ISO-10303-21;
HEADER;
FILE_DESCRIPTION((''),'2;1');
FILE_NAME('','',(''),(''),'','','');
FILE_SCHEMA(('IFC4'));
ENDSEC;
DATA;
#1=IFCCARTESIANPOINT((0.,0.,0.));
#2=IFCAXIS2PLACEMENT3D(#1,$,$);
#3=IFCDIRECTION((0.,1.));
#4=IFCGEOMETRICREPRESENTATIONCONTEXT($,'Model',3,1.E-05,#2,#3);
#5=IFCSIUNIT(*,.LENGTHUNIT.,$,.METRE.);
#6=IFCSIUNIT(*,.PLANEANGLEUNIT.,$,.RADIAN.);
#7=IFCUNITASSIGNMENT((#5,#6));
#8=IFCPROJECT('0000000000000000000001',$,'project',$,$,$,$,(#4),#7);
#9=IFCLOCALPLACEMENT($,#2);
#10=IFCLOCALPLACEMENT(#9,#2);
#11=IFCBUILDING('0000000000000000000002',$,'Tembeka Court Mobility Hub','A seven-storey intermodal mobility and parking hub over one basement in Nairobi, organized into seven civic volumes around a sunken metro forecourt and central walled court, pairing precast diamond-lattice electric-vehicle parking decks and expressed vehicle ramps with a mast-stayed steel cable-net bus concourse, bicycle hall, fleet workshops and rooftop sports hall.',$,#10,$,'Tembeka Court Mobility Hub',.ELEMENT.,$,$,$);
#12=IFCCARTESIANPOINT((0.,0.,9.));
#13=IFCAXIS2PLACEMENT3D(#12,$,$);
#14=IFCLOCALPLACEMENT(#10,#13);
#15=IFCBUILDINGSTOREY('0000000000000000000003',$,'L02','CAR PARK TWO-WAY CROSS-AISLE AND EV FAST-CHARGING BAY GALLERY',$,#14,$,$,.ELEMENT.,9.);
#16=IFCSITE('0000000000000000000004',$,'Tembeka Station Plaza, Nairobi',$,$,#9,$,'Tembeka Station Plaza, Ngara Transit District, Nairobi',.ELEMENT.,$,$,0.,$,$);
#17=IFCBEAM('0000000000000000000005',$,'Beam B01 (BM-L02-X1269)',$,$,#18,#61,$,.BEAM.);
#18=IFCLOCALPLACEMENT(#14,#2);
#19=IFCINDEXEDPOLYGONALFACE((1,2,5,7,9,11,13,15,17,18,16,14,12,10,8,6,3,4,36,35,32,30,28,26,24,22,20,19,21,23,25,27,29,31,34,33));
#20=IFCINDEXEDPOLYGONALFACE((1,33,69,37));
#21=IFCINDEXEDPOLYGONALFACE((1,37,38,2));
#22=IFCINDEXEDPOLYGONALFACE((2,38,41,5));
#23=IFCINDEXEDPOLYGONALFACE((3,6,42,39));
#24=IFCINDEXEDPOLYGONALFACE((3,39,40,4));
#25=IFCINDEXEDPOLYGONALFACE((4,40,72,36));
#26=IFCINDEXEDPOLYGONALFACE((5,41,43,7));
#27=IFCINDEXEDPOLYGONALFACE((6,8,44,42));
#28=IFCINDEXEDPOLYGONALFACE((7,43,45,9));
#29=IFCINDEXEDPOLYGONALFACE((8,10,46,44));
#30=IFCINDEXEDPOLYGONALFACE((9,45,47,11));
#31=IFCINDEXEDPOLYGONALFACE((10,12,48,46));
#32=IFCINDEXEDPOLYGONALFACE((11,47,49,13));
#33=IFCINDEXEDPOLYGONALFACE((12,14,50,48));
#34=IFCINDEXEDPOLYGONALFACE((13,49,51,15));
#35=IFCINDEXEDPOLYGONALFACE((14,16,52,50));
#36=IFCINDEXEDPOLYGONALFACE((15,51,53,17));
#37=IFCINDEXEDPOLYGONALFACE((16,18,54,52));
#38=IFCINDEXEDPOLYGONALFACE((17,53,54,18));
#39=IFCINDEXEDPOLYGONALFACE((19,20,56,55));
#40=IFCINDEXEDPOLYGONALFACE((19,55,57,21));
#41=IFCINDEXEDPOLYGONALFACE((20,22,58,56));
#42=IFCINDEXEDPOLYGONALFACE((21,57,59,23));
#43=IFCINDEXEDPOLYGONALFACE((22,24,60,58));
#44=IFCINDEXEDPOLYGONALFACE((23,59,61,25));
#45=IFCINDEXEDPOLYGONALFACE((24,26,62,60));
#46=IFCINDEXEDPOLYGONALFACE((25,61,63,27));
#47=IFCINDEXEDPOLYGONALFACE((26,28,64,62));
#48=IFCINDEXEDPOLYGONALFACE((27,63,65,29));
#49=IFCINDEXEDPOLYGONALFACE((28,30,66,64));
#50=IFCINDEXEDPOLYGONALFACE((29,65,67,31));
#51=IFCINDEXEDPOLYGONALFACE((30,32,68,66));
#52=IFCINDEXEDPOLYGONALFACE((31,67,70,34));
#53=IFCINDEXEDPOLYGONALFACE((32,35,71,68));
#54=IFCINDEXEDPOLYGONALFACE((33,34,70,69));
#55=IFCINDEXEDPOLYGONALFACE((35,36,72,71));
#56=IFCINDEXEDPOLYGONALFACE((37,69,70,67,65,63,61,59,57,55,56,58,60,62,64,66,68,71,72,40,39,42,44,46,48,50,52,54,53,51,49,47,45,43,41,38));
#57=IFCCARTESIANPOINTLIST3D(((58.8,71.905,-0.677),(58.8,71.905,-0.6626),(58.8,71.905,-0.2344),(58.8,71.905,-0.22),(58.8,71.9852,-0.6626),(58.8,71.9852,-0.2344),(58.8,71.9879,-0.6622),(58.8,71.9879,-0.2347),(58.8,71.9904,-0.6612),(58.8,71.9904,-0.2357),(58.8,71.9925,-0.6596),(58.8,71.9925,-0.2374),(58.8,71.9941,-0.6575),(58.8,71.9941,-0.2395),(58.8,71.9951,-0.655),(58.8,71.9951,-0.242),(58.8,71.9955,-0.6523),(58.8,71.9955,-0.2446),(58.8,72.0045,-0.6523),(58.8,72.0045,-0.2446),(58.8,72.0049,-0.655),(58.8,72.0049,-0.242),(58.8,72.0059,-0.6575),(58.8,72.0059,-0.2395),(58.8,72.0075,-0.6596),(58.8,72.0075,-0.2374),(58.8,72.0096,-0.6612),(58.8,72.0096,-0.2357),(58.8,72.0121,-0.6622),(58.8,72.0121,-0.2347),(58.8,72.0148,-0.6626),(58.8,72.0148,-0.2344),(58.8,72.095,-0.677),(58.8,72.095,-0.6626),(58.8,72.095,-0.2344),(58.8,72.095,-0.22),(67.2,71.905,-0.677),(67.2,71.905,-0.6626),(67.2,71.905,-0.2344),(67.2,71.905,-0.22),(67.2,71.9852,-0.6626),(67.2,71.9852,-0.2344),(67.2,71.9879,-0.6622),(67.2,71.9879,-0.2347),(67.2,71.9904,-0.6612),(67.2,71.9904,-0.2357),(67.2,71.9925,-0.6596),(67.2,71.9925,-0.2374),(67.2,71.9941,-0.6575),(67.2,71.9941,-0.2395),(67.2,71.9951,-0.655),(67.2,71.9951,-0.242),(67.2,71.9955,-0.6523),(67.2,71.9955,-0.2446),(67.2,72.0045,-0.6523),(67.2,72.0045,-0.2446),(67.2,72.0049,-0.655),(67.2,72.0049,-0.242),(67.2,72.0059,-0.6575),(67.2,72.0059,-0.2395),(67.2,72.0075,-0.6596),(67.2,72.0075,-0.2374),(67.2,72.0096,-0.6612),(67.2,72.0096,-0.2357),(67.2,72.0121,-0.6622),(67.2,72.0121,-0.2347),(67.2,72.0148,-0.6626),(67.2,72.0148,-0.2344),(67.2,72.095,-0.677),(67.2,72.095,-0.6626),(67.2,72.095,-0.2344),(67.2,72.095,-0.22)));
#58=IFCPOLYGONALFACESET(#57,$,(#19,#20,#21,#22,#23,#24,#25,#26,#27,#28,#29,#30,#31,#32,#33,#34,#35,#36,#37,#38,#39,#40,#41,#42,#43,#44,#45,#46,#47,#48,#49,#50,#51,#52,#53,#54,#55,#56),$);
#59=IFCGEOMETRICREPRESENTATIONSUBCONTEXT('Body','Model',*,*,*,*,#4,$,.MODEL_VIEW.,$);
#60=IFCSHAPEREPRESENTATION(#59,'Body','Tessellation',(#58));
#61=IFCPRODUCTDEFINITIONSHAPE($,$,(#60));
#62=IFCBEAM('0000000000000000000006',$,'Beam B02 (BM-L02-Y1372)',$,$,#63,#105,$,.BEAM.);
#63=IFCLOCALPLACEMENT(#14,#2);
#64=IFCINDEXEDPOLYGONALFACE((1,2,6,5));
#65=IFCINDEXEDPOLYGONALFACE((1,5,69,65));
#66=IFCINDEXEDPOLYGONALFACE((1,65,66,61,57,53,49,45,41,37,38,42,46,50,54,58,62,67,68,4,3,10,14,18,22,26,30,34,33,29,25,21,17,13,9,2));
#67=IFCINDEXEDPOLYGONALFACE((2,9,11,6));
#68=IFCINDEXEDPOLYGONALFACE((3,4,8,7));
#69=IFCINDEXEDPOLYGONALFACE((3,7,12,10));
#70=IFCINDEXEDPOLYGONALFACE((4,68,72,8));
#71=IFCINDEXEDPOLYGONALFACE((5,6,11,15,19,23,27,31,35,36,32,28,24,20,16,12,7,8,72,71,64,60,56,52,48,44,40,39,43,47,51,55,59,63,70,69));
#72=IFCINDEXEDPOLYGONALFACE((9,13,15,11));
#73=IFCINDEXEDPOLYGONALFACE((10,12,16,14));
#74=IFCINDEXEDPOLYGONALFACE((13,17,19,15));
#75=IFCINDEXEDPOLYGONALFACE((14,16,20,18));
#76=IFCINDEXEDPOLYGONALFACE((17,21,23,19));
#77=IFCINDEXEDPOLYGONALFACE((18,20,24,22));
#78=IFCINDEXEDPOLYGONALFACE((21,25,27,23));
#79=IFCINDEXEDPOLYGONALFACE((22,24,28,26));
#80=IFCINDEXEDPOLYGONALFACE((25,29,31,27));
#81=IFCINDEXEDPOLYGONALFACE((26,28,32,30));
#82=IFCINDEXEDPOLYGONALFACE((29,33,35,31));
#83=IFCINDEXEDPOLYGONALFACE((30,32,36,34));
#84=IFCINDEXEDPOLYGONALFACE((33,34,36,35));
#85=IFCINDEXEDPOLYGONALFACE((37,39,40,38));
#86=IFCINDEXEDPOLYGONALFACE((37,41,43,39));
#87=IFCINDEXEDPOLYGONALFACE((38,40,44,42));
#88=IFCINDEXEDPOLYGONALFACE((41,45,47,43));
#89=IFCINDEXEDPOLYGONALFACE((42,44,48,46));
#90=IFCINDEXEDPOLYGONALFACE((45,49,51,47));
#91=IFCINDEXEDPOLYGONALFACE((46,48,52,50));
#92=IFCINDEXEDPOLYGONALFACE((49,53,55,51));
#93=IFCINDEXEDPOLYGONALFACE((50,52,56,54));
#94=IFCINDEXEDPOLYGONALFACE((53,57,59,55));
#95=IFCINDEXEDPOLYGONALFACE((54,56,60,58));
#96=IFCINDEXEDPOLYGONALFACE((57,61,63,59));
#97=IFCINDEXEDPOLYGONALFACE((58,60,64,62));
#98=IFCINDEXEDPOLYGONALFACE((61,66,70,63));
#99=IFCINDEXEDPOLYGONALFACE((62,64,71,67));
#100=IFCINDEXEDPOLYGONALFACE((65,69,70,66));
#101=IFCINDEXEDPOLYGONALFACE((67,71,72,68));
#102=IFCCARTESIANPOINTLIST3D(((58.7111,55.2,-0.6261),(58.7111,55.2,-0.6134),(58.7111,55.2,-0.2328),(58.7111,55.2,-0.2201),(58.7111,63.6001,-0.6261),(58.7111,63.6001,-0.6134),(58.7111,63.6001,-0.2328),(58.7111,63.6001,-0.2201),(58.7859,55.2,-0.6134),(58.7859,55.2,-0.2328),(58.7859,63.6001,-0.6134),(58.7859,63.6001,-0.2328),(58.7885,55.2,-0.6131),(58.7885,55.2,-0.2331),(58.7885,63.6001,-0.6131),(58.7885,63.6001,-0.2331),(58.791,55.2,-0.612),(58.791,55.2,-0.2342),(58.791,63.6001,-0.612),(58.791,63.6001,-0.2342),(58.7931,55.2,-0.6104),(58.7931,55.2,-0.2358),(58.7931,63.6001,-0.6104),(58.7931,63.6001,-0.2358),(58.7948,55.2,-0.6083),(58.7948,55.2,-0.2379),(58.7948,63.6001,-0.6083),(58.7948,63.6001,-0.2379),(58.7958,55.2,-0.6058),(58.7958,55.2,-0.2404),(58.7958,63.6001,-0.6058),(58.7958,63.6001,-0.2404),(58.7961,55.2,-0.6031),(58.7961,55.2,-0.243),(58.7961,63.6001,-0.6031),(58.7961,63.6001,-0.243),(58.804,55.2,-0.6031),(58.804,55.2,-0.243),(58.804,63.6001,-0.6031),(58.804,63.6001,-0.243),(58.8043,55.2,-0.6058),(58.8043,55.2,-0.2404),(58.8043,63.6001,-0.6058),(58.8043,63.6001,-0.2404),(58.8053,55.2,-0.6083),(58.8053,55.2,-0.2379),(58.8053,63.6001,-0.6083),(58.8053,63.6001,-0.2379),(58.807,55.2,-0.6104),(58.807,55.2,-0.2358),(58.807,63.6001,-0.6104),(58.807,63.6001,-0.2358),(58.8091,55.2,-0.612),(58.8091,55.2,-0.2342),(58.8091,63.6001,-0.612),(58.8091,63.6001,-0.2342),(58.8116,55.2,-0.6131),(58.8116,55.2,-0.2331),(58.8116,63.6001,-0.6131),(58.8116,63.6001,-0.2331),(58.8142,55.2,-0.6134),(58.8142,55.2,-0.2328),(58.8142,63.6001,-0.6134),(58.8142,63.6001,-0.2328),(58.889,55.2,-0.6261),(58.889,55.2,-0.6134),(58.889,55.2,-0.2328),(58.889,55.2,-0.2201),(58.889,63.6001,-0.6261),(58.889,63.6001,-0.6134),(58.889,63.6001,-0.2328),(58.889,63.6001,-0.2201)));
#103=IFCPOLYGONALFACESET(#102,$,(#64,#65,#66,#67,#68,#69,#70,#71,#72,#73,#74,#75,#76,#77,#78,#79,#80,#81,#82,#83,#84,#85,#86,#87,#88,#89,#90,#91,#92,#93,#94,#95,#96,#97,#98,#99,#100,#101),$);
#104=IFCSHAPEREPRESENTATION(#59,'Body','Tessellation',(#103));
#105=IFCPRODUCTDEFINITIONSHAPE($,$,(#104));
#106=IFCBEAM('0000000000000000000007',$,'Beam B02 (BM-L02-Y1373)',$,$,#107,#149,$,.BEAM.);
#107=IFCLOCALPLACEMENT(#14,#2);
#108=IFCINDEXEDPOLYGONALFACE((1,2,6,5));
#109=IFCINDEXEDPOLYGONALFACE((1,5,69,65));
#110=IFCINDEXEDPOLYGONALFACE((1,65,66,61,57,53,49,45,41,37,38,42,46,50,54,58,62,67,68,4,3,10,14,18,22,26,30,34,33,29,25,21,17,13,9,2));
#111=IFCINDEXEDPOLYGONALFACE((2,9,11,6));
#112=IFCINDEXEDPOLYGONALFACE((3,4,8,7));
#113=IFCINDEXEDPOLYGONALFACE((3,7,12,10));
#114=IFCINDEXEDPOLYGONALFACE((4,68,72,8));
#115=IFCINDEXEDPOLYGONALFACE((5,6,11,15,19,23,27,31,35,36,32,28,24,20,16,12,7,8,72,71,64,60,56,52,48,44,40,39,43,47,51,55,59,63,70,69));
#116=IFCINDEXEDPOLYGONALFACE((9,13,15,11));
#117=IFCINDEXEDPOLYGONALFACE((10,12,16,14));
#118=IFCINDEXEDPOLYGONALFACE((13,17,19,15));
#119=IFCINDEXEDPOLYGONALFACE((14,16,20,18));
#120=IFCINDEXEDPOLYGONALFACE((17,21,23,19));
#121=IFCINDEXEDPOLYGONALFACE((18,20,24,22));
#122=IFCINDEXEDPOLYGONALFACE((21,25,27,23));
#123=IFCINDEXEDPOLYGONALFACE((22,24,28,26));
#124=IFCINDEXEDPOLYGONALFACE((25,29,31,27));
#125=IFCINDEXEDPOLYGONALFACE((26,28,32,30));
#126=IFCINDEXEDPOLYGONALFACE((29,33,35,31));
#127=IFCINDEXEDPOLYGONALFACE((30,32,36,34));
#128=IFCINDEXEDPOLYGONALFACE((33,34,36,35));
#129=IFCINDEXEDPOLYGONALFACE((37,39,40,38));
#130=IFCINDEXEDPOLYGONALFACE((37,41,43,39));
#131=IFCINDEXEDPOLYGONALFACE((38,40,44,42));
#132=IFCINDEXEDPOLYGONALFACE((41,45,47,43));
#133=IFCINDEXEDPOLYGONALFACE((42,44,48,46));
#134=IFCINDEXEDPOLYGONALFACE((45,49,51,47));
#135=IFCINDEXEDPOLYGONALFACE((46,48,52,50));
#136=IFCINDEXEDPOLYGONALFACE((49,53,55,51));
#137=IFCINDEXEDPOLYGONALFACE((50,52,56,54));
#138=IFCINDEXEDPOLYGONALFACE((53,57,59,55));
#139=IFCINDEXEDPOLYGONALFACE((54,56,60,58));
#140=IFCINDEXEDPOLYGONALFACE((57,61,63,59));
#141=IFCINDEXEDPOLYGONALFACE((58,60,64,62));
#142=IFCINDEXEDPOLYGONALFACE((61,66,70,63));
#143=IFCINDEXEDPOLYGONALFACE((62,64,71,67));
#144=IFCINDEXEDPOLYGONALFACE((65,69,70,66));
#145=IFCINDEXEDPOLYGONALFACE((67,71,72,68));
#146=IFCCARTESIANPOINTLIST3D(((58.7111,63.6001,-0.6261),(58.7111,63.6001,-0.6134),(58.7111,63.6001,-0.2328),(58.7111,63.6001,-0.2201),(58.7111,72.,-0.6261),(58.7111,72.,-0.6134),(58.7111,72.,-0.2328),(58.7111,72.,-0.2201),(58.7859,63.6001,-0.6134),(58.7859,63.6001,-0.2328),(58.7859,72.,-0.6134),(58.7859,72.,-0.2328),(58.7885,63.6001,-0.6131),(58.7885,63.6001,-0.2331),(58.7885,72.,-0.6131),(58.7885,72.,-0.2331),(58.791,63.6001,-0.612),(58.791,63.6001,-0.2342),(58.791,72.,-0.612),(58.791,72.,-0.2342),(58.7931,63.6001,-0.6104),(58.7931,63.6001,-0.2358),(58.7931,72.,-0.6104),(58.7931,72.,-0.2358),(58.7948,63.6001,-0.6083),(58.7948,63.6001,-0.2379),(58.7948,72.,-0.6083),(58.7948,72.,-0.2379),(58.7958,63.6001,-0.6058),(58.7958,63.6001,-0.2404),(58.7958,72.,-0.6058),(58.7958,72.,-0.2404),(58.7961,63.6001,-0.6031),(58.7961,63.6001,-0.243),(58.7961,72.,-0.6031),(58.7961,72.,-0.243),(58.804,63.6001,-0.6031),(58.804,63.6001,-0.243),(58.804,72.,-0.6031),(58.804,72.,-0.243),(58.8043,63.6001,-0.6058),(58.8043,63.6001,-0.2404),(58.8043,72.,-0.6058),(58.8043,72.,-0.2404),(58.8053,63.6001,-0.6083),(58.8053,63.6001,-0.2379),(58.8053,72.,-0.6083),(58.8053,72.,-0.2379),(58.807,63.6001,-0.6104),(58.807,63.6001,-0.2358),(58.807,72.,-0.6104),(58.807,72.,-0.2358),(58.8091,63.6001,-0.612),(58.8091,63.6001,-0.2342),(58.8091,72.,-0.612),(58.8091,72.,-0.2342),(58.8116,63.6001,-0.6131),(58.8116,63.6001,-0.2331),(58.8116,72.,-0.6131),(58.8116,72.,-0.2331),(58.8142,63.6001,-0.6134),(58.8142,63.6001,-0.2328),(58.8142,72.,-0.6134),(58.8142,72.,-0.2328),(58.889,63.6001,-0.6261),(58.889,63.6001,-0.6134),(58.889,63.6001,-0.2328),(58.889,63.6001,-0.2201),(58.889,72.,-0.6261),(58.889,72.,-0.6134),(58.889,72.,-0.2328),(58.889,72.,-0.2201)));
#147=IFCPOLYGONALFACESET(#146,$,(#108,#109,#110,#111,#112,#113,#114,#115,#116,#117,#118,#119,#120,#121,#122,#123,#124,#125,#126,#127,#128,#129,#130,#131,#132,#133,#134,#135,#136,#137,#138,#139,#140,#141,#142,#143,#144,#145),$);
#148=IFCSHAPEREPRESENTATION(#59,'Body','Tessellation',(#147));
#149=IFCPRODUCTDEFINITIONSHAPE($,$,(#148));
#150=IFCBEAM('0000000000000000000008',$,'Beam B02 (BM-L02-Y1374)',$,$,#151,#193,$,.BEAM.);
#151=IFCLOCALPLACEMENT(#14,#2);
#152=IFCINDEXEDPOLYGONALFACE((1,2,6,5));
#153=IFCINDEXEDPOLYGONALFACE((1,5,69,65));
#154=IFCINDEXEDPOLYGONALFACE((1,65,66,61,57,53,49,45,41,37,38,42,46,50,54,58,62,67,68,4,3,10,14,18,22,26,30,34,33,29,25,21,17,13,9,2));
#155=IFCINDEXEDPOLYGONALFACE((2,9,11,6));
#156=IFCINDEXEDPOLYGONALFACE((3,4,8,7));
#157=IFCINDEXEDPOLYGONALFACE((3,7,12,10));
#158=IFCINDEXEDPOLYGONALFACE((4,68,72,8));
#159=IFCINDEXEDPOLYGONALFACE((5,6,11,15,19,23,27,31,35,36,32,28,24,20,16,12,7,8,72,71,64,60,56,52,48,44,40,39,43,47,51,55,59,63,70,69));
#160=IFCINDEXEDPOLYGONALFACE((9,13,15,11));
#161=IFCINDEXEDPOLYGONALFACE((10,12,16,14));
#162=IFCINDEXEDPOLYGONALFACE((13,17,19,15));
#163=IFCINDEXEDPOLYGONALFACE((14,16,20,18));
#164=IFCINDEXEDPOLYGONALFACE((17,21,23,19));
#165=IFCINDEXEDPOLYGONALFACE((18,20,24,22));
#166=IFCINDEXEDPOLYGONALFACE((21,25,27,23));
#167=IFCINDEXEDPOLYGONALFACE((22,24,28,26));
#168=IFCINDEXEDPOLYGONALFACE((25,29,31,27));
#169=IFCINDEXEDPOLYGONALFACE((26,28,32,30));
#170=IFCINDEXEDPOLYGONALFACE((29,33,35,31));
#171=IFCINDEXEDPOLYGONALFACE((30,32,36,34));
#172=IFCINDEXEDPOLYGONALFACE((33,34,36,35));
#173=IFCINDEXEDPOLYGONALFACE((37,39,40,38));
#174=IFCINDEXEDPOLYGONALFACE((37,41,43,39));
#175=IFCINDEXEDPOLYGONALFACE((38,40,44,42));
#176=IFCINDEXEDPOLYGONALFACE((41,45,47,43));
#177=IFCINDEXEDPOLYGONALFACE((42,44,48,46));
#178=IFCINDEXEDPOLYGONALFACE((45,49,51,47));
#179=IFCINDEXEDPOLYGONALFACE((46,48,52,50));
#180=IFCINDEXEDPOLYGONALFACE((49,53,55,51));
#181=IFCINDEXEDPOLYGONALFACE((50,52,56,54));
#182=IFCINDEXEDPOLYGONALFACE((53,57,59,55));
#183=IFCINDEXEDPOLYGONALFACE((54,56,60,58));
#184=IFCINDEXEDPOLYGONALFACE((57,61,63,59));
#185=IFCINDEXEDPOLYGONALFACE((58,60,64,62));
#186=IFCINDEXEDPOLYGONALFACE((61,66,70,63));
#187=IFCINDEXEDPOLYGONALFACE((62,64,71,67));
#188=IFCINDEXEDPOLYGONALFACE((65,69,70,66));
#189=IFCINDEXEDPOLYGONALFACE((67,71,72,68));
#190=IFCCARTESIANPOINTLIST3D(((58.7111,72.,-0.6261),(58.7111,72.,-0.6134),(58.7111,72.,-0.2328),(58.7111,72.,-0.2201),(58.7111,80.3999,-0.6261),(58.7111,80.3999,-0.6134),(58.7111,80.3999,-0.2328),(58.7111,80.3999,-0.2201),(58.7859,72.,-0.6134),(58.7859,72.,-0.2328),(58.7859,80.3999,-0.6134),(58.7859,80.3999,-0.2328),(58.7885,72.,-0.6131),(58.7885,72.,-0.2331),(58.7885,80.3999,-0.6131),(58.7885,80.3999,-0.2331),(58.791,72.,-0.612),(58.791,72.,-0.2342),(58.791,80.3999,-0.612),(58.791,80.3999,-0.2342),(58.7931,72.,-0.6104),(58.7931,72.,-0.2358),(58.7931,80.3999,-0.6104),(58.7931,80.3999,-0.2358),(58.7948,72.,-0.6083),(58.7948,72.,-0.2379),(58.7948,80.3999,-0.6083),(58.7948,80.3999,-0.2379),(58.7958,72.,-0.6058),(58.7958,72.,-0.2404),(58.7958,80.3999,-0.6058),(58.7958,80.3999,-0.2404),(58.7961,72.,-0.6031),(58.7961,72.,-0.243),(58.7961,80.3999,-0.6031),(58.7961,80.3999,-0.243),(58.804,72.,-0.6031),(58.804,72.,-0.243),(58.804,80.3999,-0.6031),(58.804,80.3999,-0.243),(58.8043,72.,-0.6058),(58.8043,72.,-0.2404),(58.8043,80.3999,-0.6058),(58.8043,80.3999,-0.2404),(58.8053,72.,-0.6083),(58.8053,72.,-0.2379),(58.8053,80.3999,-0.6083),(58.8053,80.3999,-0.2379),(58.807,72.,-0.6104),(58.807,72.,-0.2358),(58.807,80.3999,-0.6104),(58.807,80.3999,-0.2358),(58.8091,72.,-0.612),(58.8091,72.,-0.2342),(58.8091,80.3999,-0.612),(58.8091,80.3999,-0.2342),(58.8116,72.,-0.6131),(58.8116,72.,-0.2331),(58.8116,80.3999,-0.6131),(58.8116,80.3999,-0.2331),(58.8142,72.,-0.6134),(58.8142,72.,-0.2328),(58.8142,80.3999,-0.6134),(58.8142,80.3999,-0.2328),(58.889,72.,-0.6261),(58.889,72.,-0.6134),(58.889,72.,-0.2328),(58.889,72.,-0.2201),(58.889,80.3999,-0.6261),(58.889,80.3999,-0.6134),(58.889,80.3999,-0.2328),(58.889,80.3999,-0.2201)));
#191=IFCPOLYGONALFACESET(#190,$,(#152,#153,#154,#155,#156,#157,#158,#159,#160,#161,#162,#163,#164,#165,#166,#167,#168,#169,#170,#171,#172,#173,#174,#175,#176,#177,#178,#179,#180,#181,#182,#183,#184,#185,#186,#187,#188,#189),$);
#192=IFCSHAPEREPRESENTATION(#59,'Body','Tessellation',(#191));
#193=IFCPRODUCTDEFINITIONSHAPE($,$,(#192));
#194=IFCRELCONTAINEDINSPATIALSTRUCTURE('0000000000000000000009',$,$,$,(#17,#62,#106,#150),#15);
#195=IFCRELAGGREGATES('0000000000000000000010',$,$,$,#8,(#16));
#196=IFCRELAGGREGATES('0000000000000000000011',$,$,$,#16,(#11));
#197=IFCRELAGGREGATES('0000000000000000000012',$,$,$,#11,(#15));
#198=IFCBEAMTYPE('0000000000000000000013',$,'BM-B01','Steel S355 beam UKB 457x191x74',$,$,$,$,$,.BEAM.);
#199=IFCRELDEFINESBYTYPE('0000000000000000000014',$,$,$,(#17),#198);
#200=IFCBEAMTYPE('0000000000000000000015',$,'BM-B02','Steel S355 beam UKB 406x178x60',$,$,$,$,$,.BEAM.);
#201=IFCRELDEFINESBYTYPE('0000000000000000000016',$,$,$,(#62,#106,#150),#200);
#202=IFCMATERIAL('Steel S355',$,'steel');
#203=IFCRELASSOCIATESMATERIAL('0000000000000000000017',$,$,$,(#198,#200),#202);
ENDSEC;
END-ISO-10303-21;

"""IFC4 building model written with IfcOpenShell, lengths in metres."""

from ifc_helpers import new_model, si_unit, direction, frame, origin, origin_2d, place, context, subcontext, project, spatial, i_section, extrude, material, material_profile, profile_set, type_object, element, save


model = new_model("IFC4")

# Units and contexts
model_context = context("Model", 3, precision=1e-05, world=origin(), true_north=direction((0.0, 1.0)))
body_context = subcontext(model_context, "Body", "Model", "MODEL_VIEW")
ifc_project = project(units=[si_unit("LENGTHUNIT", "METRE"), si_unit("PLANEANGLEUNIT", "RADIAN")], contexts=[model_context])

# Site, building, storey
site_placement = place(None, origin())
site = spatial("IfcSite", under=ifc_project, at=site_placement, Name="Tembeka Station Plaza, Nairobi", LongName="Tembeka Station Plaza, Ngara Transit District, Nairobi", CompositionType="ELEMENT", RefElevation=0.0)
building_placement = place(site_placement, origin())
building = spatial("IfcBuilding", under=site, at=building_placement, Name="Tembeka Court Mobility Hub", Description="A seven-storey intermodal mobility and parking hub over one basement in Nairobi, organized into seven civic volumes around a sunken metro forecourt and central walled court, pairing precast diamond-lattice electric-vehicle parking decks and expressed vehicle ramps with a mast-stayed steel cable-net bus concourse, bicycle hall, fleet workshops and rooftop sports hall.", LongName="Tembeka Court Mobility Hub", CompositionType="ELEMENT")
storey_placement = place(building_placement, frame((0.0, 0.0, 9.0)))
storey = spatial("IfcBuildingStorey", under=building, at=storey_placement, Name="L02", Description="CAR PARK TWO-WAY CROSS-AISLE AND EV FAST-CHARGING BAY GALLERY", CompositionType="ELEMENT", Elevation=9.0)

# Shared definitions
ifc_material_1 = material(Name="Steel S355", Category="steel")

# Beams
ifc_material_profile_1 = material_profile(ifc_material_1, i_section(OverallWidth=0.1899, OverallDepth=0.457, WebThickness=0.009, FlangeThickness=0.0144, FilletRadius=0.0103, at=origin_2d()), Name="UKB 457x191x74")
ifc_profile_set_1 = profile_set([ifc_material_profile_1], Name="Steel S355")
beam_type_1 = type_object("IfcBeamType", Name="BM-B01", Description="Steel S355 beam UKB 457x191x74", PredefinedType="BEAM", material=ifc_profile_set_1)
for number, where, z_axis, x_axis, name in (
    (1, (58.8, 72.0, -0.4485), (1.0, 0.0, 0.0), (0.0, 1.0, 0.0), "Beam B01 (BM-L02-X1269)"),
):
    element("IfcBeam", number, at=place(storey_placement, frame(where, z_axis=z_axis, x_axis=x_axis)), inside=storey, type_object=beam_type_1, Name=name, PredefinedType="BEAM", context=body_context, shape_type="SweptSolid", body=[
        extrude(i_section(OverallWidth=0.1899, OverallDepth=0.457, WebThickness=0.009, FlangeThickness=0.0144, FilletRadius=0.0103, at=origin_2d()), origin(), (0.0, 0.0, 1.0), 8.3999),
    ])
ifc_material_profile_2 = material_profile(ifc_material_1, i_section(OverallWidth=0.178, OverallDepth=0.406, WebThickness=0.0078, FlangeThickness=0.0127, FilletRadius=0.0103, at=origin_2d()), Name="UKB 406x178x60")
ifc_profile_set_2 = profile_set([ifc_material_profile_2], Name="Steel S355")
beam_type_2 = type_object("IfcBeamType", Name="BM-B02", Description="Steel S355 beam UKB 406x178x60", PredefinedType="BEAM", material=ifc_profile_set_2)
beam_1_placement = place(storey_placement, frame((58.8, 55.2, -0.4231), z_axis=(0.0, 1.0, 0.0), x_axis=(-1.0, 0.0, 0.0)))
element("IfcBeam", 2, at=beam_1_placement, inside=storey, type_object=beam_type_2, Name="Beam B02 (BM-L02-Y1372)", PredefinedType="BEAM", context=body_context, shape_type="SweptSolid", body=[
    extrude(i_section(OverallWidth=0.178, OverallDepth=0.406, WebThickness=0.0078, FlangeThickness=0.0127, FilletRadius=0.0103, at=origin_2d()), origin(), (0.0, 0.0, 1.0), 8.4001),
])
for number, where, z_axis, x_axis, name in (
    (3, (58.8, 63.6001, -0.4231), (0.0, 1.0, 0.0), (-1.0, 0.0, 0.0), "Beam B02 (BM-L02-Y1373)"),
    (4, (58.8, 72.0, -0.4231), (0.0, 1.0, 0.0), (-1.0, 0.0, 0.0), "Beam B02 (BM-L02-Y1374)"),
):
    element("IfcBeam", number, at=place(storey_placement, frame(where, z_axis=z_axis, x_axis=x_axis)), inside=storey, type_object=beam_type_2, Name=name, PredefinedType="BEAM", context=body_context, shape_type="SweptSolid", body=[
        extrude(i_section(OverallWidth=0.178, OverallDepth=0.406, WebThickness=0.0078, FlangeThickness=0.0127, FilletRadius=0.0103, at=origin_2d()), origin(), (0.0, 0.0, 1.0), 8.3999),
    ])

save(model, "model.ifc")
